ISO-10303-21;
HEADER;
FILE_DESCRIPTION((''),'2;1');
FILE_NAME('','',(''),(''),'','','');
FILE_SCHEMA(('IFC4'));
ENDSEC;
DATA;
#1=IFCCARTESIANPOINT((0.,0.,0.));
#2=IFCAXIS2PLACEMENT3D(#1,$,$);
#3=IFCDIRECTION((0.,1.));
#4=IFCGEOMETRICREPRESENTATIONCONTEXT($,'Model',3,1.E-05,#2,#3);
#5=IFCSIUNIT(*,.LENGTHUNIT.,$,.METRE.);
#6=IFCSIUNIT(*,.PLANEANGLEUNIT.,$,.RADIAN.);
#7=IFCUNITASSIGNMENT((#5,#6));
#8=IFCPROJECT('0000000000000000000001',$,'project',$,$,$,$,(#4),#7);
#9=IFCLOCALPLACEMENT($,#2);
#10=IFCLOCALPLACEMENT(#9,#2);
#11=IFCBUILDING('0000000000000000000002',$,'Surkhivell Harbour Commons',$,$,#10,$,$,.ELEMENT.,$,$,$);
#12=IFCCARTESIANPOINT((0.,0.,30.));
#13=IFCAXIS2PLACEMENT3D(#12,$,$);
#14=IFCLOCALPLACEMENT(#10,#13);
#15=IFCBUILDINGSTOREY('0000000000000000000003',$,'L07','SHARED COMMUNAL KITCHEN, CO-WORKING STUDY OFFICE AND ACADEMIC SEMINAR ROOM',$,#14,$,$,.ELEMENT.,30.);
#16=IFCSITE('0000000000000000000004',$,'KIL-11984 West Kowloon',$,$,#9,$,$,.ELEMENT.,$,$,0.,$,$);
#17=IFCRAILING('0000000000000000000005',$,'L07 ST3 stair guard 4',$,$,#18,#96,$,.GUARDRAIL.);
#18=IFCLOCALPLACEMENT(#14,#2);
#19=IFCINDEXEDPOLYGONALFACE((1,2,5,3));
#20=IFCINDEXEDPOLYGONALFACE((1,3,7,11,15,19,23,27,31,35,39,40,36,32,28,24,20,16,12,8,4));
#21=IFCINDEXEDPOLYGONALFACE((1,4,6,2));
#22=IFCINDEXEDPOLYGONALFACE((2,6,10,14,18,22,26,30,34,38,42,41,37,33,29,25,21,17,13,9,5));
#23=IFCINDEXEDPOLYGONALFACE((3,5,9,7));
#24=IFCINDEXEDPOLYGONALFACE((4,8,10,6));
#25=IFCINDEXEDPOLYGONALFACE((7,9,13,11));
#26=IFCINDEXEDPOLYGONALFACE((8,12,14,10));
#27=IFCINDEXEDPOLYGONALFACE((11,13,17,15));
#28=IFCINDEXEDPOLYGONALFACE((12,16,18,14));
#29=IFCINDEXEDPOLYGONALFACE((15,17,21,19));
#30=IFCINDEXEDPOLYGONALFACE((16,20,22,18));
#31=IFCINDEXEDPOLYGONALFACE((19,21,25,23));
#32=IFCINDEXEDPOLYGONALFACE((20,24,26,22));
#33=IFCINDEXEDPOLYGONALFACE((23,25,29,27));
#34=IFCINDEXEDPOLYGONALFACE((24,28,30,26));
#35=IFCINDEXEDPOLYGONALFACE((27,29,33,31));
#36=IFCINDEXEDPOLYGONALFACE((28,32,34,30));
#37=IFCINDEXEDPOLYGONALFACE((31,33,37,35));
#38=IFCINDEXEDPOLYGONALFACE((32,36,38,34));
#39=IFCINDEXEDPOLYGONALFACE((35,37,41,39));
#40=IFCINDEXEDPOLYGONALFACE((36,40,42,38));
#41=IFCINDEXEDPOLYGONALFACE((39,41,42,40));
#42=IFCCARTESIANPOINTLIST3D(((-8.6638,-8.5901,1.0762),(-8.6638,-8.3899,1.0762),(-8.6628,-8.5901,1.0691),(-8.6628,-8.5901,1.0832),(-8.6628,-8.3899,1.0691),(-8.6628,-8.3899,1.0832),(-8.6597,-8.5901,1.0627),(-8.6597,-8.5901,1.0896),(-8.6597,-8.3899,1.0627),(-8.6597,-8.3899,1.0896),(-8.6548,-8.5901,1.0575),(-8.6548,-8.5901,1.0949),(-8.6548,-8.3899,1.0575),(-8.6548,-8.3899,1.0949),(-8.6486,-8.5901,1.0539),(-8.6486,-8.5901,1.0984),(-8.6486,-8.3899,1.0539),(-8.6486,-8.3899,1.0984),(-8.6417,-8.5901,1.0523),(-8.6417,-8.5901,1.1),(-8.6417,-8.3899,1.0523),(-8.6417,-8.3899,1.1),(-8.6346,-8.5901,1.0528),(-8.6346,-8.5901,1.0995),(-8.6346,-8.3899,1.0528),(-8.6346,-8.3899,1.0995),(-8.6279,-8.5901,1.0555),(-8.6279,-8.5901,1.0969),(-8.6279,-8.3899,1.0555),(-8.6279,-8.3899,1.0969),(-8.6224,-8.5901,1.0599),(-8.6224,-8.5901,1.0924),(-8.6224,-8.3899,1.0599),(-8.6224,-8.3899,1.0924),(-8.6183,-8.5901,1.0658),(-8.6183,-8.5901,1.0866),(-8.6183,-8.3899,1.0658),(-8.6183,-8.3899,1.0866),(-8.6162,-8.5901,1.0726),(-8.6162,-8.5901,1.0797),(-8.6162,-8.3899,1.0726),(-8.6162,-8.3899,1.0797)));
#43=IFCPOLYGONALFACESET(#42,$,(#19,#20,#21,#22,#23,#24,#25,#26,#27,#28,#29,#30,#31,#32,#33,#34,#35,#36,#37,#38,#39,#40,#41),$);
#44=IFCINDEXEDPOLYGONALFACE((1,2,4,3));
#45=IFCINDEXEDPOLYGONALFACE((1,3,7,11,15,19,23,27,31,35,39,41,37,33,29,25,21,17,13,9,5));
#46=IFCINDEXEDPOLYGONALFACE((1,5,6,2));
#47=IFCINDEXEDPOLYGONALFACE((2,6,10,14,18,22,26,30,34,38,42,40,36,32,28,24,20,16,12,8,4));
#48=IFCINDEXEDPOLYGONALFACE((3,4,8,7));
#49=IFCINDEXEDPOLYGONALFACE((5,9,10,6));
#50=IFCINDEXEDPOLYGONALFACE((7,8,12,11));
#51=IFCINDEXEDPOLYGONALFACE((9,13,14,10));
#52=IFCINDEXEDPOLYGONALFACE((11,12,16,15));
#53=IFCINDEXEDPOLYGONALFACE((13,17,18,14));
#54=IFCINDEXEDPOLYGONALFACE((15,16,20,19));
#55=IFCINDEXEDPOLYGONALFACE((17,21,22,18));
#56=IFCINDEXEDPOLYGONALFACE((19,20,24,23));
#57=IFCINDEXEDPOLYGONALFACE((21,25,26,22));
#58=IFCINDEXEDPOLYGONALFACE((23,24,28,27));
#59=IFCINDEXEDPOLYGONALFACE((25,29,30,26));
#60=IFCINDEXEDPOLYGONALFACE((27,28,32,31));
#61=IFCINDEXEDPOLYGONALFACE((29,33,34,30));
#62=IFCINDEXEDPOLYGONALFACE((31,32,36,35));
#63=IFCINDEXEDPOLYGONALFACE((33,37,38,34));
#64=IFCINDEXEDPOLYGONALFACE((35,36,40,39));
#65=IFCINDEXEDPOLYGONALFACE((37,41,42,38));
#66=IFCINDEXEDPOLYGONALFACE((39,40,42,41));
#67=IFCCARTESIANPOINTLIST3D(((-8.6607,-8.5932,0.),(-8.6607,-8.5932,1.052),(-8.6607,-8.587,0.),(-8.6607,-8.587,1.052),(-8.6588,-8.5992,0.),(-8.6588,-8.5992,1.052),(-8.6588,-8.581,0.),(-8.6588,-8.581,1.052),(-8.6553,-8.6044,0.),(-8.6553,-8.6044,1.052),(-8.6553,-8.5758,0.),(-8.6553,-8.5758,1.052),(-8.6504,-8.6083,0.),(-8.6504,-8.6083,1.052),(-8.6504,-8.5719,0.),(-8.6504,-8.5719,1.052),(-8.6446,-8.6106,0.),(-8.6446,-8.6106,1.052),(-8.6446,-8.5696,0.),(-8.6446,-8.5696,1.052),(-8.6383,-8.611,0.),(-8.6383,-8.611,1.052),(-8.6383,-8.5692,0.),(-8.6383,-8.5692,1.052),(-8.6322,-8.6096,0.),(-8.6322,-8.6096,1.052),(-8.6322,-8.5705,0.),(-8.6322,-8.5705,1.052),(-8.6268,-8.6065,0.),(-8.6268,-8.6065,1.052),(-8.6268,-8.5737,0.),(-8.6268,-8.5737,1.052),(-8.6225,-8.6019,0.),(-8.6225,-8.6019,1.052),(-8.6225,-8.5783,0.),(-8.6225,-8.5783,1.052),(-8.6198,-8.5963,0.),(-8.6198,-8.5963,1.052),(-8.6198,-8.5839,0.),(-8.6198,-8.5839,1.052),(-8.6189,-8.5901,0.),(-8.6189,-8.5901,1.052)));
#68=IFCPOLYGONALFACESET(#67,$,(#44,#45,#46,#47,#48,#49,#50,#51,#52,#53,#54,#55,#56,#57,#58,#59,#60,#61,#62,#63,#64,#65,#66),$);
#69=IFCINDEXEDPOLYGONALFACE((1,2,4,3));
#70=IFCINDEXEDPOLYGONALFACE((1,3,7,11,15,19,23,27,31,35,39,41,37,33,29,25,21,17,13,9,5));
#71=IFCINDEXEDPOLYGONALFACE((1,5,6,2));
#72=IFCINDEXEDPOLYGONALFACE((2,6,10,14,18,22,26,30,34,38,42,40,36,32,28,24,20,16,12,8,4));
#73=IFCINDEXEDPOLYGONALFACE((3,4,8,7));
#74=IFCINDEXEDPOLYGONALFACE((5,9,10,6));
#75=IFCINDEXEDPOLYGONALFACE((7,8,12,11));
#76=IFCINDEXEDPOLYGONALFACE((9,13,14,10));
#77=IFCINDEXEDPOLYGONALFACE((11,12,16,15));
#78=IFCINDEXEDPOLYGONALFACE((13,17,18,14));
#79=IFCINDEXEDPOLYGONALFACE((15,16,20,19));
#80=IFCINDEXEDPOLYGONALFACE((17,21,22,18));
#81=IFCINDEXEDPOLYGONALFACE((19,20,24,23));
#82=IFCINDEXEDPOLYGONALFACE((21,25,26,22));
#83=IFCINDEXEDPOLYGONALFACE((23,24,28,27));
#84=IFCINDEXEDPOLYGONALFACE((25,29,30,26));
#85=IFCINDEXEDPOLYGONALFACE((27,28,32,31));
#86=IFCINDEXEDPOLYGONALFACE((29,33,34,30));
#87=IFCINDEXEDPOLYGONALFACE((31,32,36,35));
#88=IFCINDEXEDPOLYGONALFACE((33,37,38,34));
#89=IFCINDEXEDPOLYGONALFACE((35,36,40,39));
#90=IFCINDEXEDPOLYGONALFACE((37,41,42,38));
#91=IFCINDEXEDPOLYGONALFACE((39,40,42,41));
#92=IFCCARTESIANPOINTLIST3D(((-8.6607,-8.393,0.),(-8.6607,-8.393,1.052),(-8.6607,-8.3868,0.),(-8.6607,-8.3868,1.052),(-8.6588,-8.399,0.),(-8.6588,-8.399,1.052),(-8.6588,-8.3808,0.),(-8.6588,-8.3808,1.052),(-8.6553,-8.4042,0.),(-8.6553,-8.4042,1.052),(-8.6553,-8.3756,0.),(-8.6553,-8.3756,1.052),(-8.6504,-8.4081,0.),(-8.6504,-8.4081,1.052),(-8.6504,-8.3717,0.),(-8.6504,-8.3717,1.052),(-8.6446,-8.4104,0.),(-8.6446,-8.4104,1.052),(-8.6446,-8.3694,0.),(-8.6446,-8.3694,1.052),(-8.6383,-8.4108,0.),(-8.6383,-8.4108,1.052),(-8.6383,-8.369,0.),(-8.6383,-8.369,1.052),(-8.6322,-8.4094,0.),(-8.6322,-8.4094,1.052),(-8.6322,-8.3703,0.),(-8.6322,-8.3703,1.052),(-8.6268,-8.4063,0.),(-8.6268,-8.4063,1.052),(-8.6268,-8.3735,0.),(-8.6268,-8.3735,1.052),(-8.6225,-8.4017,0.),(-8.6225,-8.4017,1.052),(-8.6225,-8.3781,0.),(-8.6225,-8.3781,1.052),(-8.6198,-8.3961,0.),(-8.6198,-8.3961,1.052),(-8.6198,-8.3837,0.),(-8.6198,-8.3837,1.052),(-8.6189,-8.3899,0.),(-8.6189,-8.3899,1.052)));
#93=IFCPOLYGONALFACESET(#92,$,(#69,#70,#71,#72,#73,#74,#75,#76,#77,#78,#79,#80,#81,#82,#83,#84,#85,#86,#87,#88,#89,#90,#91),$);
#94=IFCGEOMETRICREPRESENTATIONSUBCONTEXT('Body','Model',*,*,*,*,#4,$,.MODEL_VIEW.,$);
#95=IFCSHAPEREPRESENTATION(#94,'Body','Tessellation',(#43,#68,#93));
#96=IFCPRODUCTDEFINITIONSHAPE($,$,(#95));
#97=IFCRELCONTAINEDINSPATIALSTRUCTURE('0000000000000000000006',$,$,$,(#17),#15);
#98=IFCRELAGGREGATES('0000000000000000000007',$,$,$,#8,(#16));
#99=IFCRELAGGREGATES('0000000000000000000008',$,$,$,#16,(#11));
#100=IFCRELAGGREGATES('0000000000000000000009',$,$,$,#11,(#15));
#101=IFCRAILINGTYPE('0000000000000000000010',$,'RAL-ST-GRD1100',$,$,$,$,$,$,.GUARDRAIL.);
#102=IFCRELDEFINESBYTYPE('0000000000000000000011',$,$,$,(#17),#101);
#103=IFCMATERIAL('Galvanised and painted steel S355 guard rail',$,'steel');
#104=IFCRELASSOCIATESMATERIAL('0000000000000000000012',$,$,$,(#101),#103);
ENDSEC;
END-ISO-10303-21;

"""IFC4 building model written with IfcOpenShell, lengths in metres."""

from ifc_helpers import new_model, si_unit, direction, frame, origin, origin_2d, place, context, subcontext, project, spatial, circle, extrude, material, type_object, element, save


model = new_model("IFC4")

# Units and contexts
model_context = context("Model", 3, precision=1e-05, world=origin(), true_north=direction((0.0, 1.0)))
body_context = subcontext(model_context, "Body", "Model", "MODEL_VIEW")
ifc_project = project(units=[si_unit("LENGTHUNIT", "METRE"), si_unit("PLANEANGLEUNIT", "RADIAN")], contexts=[model_context])

# Site, building, storey
site_placement = place(None, origin())
site = spatial("IfcSite", under=ifc_project, at=site_placement, Name="KIL-11984 West Kowloon", CompositionType="ELEMENT", RefElevation=0.0)
building_placement = place(site_placement, origin())
building = spatial("IfcBuilding", under=site, at=building_placement, Name="Surkhivell Harbour Commons", CompositionType="ELEMENT")
storey_placement = place(building_placement, frame((0.0, 0.0, 30.0)))
storey = spatial("IfcBuildingStorey", under=building, at=storey_placement, Name="L07", Description="SHARED COMMUNAL KITCHEN, CO-WORKING STUDY OFFICE AND ACADEMIC SEMINAR ROOM", CompositionType="ELEMENT", Elevation=30.0)

# Railing
ifc_material_1 = material(Name="Galvanised and painted steel S355 guard rail", Category="steel")
railing_type_1 = type_object("IfcRailingType", Name="RAL-ST-GRD1100", PredefinedType="GUARDRAIL", material=ifc_material_1)
railing_1_placement = place(storey_placement, frame((-8.6399, -8.5901, 0.0)))
element("IfcRailing", 1, at=railing_1_placement, inside=storey, type_object=railing_type_1, Name="L07 ST3 stair guard 4", PredefinedType="GUARDRAIL", context=body_context, shape_type="SweptSolid", body=[
    extrude(circle(Radius=0.0239, at=origin_2d()), frame((0.0, 0.0, 1.0762), z_axis=(0.0, 1.0, 0.0), x_axis=(-1.0, 0.0, 0.0)), (0.0, 0.0, 1.0), 0.2002),
    extrude(circle(Radius=0.021, at=origin_2d()), origin(), (0.0, 0.0, 1.0), 1.052),
    extrude(circle(Radius=0.021, at=origin_2d()), frame((0.0, 0.2002, 0.0)), (0.0, 0.0, 1.0), 1.052),
])

save(model, "model.ifc")
